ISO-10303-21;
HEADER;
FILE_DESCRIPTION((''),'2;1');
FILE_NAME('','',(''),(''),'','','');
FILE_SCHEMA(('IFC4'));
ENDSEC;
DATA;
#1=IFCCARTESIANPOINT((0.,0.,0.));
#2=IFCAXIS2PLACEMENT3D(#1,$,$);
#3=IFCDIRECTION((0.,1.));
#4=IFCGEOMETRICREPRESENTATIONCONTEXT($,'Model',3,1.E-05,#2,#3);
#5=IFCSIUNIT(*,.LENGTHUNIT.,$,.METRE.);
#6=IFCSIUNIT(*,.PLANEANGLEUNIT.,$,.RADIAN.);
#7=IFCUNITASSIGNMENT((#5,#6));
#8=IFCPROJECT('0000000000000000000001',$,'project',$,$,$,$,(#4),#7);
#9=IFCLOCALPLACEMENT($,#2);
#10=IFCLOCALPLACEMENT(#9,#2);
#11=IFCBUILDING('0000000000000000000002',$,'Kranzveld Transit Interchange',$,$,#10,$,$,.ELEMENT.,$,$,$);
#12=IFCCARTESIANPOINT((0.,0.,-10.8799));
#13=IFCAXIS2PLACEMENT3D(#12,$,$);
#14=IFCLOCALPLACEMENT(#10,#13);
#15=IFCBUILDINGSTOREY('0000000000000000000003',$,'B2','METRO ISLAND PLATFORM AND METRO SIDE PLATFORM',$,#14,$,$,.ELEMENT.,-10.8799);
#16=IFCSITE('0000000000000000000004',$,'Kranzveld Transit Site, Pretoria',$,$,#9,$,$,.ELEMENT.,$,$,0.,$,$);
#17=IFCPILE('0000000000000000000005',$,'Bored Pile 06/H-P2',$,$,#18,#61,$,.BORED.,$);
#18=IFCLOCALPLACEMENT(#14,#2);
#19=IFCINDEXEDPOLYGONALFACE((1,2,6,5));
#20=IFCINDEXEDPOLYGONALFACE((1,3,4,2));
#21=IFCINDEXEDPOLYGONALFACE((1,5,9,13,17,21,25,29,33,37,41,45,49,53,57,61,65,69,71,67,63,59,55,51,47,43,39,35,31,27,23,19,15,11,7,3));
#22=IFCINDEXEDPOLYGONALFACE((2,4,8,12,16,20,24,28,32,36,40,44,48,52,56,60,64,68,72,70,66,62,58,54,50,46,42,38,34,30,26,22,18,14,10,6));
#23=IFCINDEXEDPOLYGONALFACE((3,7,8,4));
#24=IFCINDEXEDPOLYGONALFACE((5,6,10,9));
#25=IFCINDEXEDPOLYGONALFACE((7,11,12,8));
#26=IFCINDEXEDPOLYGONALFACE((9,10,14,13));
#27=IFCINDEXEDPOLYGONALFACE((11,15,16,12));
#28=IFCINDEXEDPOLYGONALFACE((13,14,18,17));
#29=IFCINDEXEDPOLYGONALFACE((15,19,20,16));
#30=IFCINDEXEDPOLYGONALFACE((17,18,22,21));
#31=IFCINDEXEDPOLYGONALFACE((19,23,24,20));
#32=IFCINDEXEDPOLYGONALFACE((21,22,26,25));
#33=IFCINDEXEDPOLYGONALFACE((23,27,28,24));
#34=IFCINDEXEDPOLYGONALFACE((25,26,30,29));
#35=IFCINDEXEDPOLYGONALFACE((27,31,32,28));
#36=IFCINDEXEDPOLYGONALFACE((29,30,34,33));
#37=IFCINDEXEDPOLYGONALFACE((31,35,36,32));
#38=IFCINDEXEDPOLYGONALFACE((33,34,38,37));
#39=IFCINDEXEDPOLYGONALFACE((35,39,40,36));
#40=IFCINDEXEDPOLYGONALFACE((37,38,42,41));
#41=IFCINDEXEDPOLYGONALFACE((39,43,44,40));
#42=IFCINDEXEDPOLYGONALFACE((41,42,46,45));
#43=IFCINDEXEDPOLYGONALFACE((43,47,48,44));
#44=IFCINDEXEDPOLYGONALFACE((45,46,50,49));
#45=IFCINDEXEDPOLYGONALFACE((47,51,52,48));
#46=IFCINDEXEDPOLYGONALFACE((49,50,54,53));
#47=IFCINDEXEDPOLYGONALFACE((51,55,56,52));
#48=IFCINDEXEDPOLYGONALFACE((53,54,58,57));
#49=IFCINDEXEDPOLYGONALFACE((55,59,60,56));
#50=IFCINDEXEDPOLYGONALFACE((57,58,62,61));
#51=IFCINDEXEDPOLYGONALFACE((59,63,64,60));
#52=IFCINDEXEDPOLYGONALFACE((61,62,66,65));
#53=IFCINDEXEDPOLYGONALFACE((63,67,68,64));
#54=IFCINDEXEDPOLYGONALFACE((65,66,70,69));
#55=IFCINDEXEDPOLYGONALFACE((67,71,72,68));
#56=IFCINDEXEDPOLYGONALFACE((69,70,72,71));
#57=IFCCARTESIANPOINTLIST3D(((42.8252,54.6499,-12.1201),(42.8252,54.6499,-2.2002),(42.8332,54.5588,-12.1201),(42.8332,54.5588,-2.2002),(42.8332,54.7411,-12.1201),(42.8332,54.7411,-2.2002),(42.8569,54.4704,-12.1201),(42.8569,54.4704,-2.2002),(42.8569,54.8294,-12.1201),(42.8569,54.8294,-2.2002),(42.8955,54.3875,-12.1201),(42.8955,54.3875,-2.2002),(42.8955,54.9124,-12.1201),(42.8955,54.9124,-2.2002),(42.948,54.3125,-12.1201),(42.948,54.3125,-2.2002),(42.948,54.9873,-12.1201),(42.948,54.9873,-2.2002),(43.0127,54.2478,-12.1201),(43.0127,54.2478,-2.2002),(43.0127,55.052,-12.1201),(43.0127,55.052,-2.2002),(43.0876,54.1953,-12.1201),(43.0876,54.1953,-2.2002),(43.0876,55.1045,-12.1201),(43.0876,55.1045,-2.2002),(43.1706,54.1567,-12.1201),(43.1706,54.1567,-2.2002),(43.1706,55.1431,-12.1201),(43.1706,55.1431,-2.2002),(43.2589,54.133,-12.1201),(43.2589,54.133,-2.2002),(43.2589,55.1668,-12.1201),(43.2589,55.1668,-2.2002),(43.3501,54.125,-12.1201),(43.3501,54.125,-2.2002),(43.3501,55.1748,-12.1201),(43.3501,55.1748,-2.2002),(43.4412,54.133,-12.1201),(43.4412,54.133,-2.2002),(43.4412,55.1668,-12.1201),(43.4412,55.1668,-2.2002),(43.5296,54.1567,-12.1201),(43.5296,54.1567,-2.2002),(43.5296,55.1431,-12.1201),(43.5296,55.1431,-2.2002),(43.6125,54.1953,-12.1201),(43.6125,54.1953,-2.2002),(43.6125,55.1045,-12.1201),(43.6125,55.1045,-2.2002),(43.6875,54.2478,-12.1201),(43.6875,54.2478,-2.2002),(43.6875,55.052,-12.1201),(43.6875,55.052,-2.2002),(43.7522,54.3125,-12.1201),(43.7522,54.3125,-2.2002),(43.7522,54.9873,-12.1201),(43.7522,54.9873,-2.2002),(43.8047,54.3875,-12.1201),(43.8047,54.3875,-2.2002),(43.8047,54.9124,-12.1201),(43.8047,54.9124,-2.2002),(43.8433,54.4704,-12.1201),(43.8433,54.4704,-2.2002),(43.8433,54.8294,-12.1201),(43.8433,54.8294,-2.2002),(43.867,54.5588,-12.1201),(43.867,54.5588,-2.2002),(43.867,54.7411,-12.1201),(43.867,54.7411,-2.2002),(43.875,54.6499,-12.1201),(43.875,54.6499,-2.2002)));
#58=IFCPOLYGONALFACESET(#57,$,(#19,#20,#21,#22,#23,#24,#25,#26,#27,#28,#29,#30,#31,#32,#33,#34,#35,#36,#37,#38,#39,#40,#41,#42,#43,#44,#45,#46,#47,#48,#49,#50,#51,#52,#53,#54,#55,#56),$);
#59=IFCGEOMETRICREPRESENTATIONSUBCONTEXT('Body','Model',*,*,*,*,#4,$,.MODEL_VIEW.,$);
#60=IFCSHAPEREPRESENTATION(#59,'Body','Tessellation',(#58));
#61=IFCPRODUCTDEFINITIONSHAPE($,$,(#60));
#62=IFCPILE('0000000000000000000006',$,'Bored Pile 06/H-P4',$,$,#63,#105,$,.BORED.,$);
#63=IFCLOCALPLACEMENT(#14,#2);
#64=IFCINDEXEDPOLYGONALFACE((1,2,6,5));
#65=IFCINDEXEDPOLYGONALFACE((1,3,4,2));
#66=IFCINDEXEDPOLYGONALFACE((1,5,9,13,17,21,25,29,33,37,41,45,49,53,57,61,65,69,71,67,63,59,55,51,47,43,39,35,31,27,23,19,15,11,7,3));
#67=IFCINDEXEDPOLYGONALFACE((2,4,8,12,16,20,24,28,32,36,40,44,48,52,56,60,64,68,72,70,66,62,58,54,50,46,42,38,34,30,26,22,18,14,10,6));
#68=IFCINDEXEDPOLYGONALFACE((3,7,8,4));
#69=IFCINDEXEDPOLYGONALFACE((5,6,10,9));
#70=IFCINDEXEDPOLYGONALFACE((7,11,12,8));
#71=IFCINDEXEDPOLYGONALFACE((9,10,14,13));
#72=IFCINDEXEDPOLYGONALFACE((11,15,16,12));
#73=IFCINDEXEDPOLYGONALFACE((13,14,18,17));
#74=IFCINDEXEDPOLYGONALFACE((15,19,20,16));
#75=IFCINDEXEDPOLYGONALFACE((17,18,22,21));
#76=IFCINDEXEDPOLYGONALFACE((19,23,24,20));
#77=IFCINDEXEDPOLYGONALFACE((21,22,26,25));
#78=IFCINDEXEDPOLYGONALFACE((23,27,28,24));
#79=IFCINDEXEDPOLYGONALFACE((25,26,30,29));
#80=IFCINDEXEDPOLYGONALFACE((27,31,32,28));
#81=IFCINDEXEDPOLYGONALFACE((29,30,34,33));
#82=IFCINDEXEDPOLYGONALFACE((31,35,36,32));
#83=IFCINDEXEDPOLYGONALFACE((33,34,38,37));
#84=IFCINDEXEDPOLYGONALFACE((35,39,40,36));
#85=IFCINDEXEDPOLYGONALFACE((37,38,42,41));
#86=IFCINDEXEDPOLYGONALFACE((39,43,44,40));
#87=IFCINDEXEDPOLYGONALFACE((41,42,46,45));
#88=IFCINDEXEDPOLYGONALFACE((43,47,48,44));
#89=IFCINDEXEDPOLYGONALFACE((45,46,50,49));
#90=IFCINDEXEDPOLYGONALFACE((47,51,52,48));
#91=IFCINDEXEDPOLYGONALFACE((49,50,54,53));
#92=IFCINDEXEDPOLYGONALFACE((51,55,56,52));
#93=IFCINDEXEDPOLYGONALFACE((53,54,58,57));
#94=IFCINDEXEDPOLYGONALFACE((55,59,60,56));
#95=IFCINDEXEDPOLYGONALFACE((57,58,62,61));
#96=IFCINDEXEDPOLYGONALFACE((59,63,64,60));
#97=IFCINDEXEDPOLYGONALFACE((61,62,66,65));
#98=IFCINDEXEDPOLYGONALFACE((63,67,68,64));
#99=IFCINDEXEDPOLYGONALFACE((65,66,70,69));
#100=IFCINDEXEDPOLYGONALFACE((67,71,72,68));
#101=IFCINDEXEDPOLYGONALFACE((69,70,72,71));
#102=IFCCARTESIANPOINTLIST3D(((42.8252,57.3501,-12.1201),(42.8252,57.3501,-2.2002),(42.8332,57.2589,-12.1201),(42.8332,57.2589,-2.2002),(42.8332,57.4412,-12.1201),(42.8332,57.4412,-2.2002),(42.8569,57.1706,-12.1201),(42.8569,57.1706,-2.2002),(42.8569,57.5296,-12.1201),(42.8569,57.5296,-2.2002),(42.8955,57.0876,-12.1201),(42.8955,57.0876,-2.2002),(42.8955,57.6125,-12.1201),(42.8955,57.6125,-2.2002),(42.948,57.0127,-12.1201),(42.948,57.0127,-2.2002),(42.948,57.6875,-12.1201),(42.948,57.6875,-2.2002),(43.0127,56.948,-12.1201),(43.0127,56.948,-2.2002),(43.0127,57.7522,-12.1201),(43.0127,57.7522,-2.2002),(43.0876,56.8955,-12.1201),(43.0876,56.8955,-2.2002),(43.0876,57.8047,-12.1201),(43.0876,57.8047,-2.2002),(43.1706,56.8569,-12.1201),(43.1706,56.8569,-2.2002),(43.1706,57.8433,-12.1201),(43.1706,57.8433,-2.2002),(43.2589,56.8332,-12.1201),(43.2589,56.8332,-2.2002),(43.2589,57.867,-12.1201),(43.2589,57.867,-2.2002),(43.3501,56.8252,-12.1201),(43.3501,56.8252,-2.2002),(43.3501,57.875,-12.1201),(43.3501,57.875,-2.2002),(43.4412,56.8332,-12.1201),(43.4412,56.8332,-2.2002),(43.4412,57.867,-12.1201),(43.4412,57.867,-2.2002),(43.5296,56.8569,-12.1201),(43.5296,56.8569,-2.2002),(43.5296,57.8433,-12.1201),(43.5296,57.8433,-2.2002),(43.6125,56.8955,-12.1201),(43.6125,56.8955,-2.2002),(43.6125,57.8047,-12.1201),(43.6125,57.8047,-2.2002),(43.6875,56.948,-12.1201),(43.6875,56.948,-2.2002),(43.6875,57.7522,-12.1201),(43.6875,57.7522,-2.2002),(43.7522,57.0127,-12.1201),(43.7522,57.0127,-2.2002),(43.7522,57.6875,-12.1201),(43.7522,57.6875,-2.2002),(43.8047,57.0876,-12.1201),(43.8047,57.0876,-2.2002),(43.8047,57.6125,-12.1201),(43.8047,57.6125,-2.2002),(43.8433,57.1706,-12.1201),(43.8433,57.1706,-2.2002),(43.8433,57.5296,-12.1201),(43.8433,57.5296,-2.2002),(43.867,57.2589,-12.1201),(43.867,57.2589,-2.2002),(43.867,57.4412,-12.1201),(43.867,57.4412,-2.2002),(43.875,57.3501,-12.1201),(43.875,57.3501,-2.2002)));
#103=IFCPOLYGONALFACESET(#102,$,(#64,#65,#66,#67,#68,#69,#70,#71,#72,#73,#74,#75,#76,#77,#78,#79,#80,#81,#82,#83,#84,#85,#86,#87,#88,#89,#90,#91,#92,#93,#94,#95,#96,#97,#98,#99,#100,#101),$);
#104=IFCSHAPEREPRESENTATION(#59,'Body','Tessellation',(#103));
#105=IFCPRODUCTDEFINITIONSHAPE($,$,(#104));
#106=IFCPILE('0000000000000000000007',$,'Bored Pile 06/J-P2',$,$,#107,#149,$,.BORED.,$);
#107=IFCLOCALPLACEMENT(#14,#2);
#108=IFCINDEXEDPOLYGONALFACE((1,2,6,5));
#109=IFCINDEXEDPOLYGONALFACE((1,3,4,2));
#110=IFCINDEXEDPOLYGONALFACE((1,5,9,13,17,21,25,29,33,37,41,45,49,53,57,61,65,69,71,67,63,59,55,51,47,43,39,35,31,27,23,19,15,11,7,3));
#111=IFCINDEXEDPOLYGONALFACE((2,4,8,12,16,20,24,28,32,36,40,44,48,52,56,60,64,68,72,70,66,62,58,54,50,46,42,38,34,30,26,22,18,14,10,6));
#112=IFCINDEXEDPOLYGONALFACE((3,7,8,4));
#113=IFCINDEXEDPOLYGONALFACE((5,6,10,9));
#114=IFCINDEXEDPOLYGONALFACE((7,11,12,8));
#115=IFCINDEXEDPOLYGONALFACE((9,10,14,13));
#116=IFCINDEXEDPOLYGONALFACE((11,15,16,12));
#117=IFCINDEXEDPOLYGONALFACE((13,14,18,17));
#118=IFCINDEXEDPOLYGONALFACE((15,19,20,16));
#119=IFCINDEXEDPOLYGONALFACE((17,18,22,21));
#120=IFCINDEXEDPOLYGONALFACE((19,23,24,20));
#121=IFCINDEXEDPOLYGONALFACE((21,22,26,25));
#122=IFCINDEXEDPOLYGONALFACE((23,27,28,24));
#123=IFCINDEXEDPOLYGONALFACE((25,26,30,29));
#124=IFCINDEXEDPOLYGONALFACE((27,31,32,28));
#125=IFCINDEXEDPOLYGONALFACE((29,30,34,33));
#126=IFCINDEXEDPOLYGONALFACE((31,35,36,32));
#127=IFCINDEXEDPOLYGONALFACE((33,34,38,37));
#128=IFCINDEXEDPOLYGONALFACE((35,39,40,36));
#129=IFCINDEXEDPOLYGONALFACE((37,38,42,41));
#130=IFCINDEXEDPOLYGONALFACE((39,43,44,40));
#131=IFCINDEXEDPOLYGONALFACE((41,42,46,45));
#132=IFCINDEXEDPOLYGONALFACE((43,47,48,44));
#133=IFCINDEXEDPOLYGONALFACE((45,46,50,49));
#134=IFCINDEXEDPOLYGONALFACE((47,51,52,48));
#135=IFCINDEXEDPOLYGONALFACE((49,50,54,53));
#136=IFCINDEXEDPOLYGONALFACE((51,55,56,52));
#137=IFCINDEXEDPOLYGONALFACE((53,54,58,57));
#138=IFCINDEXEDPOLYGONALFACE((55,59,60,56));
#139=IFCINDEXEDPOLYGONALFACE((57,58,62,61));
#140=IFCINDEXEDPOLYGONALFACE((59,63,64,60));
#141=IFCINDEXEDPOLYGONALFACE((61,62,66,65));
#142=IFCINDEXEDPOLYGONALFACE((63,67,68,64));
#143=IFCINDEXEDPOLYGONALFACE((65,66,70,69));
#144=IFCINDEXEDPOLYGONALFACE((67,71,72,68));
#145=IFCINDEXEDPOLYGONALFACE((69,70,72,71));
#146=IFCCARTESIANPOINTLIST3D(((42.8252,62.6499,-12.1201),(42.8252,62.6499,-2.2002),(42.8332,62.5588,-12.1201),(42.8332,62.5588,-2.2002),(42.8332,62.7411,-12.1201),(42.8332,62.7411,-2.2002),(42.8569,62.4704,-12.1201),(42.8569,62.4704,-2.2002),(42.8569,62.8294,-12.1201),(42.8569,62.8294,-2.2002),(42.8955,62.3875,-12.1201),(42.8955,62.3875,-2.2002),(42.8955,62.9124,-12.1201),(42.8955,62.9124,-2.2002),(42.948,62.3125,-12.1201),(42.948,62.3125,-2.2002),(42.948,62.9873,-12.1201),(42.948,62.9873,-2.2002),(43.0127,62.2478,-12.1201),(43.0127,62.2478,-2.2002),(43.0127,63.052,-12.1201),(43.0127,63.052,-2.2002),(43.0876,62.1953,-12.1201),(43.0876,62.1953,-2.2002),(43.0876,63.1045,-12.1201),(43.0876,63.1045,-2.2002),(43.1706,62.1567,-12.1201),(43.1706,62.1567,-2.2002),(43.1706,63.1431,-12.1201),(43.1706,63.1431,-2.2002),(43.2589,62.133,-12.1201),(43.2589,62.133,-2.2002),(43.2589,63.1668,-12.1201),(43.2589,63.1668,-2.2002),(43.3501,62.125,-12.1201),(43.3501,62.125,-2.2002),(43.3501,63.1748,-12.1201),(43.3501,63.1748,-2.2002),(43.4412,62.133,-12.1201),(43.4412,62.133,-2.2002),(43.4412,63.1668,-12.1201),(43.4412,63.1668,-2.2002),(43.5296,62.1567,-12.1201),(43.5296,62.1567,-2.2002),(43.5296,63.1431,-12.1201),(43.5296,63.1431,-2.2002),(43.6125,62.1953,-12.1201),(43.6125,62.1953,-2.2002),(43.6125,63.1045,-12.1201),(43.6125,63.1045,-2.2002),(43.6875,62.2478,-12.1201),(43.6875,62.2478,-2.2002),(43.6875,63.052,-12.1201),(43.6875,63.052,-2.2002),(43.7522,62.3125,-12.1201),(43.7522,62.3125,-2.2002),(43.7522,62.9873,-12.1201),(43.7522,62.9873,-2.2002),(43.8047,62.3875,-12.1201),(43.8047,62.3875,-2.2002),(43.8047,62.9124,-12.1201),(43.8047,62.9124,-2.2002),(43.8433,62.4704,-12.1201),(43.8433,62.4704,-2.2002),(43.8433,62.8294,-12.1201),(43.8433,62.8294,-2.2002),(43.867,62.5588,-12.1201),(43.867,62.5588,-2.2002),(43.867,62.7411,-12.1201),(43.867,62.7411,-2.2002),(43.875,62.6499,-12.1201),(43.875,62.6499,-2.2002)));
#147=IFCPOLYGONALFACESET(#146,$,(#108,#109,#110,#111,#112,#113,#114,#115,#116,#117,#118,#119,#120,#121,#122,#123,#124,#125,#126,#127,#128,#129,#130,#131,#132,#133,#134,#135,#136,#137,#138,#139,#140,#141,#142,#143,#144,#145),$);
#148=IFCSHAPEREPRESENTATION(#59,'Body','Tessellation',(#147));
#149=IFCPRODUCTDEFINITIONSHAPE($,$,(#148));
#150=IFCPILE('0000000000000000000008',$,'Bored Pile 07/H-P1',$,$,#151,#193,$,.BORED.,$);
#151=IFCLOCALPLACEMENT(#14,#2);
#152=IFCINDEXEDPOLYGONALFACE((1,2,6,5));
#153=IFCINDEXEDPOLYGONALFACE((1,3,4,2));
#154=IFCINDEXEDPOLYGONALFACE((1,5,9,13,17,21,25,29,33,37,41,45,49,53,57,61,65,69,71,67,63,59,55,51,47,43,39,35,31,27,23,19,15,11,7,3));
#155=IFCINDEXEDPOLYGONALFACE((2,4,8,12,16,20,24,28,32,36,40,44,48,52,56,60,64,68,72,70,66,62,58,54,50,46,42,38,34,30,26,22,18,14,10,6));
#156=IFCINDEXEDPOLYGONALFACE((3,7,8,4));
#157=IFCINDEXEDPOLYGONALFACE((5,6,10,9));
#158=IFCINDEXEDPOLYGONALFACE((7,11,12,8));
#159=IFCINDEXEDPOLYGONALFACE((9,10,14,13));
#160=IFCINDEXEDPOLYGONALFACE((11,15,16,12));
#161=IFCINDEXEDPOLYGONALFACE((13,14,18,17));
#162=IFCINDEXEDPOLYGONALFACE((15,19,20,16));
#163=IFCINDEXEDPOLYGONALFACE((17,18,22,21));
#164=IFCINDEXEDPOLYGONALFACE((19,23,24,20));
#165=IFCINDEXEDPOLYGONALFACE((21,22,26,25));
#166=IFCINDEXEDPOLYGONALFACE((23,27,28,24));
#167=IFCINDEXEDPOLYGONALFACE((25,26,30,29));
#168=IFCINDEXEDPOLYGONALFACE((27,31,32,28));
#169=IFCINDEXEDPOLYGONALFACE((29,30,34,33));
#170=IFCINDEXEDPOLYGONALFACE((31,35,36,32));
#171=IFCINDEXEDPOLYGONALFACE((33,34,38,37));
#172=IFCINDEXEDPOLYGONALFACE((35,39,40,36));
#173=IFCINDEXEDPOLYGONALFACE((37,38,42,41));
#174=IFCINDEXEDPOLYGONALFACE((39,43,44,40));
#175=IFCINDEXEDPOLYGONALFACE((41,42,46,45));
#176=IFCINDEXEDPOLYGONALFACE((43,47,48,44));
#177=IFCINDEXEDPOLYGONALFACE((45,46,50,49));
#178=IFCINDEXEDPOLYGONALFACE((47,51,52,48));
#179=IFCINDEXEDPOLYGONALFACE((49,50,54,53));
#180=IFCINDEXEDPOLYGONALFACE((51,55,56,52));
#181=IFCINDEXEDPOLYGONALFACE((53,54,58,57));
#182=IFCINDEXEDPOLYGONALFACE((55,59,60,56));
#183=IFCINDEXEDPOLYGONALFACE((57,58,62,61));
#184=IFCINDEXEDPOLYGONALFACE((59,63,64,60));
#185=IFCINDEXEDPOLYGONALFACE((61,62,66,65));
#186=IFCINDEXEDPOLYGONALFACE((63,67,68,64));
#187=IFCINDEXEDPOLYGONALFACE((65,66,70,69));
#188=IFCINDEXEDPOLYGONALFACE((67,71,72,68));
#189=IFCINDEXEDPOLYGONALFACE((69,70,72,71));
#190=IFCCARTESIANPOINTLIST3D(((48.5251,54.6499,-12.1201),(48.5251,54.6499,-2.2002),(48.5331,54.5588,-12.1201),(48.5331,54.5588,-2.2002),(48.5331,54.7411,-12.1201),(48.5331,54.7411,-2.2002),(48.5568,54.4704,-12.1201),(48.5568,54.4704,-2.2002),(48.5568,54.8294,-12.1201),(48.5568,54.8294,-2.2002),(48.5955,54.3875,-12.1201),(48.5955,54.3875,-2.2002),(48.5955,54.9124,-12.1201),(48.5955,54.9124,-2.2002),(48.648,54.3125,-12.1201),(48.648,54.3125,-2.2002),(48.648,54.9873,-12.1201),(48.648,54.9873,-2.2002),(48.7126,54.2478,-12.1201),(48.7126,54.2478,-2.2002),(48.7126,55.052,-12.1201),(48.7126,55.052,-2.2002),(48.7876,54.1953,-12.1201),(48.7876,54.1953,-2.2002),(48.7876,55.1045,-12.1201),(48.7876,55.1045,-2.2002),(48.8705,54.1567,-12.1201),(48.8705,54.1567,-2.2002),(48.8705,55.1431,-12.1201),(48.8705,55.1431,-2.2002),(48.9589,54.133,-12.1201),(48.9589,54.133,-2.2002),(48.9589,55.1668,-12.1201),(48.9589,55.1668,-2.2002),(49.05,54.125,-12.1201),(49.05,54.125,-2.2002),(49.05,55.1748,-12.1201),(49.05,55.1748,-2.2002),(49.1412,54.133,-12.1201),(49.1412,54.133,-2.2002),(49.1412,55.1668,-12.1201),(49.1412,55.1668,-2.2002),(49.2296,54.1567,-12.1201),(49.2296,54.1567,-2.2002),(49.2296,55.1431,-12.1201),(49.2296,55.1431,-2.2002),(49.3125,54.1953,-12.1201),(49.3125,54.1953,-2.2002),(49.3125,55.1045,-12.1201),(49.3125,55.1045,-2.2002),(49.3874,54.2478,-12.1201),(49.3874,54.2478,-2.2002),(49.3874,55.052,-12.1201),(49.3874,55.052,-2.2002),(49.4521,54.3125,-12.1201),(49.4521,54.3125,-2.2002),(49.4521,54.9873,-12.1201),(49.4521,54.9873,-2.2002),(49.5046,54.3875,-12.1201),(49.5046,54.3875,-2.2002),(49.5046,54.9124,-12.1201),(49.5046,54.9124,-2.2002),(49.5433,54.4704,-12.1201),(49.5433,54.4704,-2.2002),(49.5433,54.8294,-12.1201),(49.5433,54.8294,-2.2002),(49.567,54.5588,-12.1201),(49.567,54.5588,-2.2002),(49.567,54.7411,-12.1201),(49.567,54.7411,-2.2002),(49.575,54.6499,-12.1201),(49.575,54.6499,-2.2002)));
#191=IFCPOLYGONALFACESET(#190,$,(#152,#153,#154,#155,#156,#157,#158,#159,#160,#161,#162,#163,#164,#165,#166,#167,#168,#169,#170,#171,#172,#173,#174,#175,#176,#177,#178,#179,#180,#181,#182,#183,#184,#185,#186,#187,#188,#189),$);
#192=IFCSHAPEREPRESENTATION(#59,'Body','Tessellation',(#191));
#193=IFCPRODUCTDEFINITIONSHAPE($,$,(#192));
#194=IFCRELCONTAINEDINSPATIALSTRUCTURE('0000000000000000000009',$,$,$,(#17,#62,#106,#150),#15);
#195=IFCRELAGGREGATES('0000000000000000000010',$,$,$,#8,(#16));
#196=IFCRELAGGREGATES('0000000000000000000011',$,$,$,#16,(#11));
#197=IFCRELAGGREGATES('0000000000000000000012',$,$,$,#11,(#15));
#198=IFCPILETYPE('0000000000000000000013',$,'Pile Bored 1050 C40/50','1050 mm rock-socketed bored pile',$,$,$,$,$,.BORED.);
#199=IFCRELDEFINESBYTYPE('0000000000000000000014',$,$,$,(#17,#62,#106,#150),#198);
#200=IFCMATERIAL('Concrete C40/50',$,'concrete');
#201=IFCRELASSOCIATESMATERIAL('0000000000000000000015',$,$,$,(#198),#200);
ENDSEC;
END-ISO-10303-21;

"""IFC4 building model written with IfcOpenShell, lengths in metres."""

from ifc_helpers import new_model, si_unit, direction, frame, origin, origin_2d, place, context, subcontext, project, spatial, circle, extrude, material, material_profile, profile_set, type_object, element, save


model = new_model("IFC4")

# Units and contexts
model_context = context("Model", 3, precision=1e-05, world=origin(), true_north=direction((0.0, 1.0)))
body_context = subcontext(model_context, "Body", "Model", "MODEL_VIEW")
ifc_project = project(units=[si_unit("LENGTHUNIT", "METRE"), si_unit("PLANEANGLEUNIT", "RADIAN")], contexts=[model_context])

# Site, building, storey
site_placement = place(None, origin())
site = spatial("IfcSite", under=ifc_project, at=site_placement, Name="Kranzveld Transit Site, Pretoria", CompositionType="ELEMENT", RefElevation=0.0)
building_placement = place(site_placement, origin())
building = spatial("IfcBuilding", under=site, at=building_placement, Name="Kranzveld Transit Interchange", CompositionType="ELEMENT")
storey_placement = place(building_placement, frame((0.0, 0.0, -10.8799)))
storey = spatial("IfcBuildingStorey", under=building, at=storey_placement, Name="B2", Description="METRO ISLAND PLATFORM AND METRO SIDE PLATFORM", CompositionType="ELEMENT", Elevation=-10.8799)

# Piles
ifc_material_1 = material(Name="Concrete C40/50", Category="concrete")
ifc_material_profile_1 = material_profile(ifc_material_1, circle(Radius=0.5249, at=origin_2d()), Name="BORED PILE 1050")
ifc_profile_set_1 = profile_set([ifc_material_profile_1], Name="Concrete C40/50")
pile_type = type_object("IfcPileType", Name="Pile Bored 1050 C40/50", Description="1050 mm rock-socketed bored pile", PredefinedType="BORED", material=ifc_profile_set_1)
for number, where, z_axis, x_axis, name in (
    (1, (43.3501, 54.6499, -2.2002), (0.0, 0.0, -1.0), (1.0, 0.0, 0.0), "Bored Pile 06/H-P2"),
    (2, (43.3501, 57.3501, -2.2002), (0.0, 0.0, -1.0), (1.0, 0.0, 0.0), "Bored Pile 06/H-P4"),
    (3, (43.3501, 62.6499, -2.2002), (0.0, 0.0, -1.0), (1.0, 0.0, 0.0), "Bored Pile 06/J-P2"),
    (4, (49.05, 54.6499, -2.2002), (0.0, 0.0, -1.0), (1.0, 0.0, 0.0), "Bored Pile 07/H-P1"),
):
    element("IfcPile", number, at=place(storey_placement, frame(where, z_axis=z_axis, x_axis=x_axis)), inside=storey, type_object=pile_type, Name=name, PredefinedType="BORED", context=body_context, shape_type="SweptSolid", body=[
        extrude(circle(Radius=0.5249, at=origin_2d()), origin(), (0.0, 0.0, 1.0), 9.9199),
    ])

save(model, "model.ifc")
